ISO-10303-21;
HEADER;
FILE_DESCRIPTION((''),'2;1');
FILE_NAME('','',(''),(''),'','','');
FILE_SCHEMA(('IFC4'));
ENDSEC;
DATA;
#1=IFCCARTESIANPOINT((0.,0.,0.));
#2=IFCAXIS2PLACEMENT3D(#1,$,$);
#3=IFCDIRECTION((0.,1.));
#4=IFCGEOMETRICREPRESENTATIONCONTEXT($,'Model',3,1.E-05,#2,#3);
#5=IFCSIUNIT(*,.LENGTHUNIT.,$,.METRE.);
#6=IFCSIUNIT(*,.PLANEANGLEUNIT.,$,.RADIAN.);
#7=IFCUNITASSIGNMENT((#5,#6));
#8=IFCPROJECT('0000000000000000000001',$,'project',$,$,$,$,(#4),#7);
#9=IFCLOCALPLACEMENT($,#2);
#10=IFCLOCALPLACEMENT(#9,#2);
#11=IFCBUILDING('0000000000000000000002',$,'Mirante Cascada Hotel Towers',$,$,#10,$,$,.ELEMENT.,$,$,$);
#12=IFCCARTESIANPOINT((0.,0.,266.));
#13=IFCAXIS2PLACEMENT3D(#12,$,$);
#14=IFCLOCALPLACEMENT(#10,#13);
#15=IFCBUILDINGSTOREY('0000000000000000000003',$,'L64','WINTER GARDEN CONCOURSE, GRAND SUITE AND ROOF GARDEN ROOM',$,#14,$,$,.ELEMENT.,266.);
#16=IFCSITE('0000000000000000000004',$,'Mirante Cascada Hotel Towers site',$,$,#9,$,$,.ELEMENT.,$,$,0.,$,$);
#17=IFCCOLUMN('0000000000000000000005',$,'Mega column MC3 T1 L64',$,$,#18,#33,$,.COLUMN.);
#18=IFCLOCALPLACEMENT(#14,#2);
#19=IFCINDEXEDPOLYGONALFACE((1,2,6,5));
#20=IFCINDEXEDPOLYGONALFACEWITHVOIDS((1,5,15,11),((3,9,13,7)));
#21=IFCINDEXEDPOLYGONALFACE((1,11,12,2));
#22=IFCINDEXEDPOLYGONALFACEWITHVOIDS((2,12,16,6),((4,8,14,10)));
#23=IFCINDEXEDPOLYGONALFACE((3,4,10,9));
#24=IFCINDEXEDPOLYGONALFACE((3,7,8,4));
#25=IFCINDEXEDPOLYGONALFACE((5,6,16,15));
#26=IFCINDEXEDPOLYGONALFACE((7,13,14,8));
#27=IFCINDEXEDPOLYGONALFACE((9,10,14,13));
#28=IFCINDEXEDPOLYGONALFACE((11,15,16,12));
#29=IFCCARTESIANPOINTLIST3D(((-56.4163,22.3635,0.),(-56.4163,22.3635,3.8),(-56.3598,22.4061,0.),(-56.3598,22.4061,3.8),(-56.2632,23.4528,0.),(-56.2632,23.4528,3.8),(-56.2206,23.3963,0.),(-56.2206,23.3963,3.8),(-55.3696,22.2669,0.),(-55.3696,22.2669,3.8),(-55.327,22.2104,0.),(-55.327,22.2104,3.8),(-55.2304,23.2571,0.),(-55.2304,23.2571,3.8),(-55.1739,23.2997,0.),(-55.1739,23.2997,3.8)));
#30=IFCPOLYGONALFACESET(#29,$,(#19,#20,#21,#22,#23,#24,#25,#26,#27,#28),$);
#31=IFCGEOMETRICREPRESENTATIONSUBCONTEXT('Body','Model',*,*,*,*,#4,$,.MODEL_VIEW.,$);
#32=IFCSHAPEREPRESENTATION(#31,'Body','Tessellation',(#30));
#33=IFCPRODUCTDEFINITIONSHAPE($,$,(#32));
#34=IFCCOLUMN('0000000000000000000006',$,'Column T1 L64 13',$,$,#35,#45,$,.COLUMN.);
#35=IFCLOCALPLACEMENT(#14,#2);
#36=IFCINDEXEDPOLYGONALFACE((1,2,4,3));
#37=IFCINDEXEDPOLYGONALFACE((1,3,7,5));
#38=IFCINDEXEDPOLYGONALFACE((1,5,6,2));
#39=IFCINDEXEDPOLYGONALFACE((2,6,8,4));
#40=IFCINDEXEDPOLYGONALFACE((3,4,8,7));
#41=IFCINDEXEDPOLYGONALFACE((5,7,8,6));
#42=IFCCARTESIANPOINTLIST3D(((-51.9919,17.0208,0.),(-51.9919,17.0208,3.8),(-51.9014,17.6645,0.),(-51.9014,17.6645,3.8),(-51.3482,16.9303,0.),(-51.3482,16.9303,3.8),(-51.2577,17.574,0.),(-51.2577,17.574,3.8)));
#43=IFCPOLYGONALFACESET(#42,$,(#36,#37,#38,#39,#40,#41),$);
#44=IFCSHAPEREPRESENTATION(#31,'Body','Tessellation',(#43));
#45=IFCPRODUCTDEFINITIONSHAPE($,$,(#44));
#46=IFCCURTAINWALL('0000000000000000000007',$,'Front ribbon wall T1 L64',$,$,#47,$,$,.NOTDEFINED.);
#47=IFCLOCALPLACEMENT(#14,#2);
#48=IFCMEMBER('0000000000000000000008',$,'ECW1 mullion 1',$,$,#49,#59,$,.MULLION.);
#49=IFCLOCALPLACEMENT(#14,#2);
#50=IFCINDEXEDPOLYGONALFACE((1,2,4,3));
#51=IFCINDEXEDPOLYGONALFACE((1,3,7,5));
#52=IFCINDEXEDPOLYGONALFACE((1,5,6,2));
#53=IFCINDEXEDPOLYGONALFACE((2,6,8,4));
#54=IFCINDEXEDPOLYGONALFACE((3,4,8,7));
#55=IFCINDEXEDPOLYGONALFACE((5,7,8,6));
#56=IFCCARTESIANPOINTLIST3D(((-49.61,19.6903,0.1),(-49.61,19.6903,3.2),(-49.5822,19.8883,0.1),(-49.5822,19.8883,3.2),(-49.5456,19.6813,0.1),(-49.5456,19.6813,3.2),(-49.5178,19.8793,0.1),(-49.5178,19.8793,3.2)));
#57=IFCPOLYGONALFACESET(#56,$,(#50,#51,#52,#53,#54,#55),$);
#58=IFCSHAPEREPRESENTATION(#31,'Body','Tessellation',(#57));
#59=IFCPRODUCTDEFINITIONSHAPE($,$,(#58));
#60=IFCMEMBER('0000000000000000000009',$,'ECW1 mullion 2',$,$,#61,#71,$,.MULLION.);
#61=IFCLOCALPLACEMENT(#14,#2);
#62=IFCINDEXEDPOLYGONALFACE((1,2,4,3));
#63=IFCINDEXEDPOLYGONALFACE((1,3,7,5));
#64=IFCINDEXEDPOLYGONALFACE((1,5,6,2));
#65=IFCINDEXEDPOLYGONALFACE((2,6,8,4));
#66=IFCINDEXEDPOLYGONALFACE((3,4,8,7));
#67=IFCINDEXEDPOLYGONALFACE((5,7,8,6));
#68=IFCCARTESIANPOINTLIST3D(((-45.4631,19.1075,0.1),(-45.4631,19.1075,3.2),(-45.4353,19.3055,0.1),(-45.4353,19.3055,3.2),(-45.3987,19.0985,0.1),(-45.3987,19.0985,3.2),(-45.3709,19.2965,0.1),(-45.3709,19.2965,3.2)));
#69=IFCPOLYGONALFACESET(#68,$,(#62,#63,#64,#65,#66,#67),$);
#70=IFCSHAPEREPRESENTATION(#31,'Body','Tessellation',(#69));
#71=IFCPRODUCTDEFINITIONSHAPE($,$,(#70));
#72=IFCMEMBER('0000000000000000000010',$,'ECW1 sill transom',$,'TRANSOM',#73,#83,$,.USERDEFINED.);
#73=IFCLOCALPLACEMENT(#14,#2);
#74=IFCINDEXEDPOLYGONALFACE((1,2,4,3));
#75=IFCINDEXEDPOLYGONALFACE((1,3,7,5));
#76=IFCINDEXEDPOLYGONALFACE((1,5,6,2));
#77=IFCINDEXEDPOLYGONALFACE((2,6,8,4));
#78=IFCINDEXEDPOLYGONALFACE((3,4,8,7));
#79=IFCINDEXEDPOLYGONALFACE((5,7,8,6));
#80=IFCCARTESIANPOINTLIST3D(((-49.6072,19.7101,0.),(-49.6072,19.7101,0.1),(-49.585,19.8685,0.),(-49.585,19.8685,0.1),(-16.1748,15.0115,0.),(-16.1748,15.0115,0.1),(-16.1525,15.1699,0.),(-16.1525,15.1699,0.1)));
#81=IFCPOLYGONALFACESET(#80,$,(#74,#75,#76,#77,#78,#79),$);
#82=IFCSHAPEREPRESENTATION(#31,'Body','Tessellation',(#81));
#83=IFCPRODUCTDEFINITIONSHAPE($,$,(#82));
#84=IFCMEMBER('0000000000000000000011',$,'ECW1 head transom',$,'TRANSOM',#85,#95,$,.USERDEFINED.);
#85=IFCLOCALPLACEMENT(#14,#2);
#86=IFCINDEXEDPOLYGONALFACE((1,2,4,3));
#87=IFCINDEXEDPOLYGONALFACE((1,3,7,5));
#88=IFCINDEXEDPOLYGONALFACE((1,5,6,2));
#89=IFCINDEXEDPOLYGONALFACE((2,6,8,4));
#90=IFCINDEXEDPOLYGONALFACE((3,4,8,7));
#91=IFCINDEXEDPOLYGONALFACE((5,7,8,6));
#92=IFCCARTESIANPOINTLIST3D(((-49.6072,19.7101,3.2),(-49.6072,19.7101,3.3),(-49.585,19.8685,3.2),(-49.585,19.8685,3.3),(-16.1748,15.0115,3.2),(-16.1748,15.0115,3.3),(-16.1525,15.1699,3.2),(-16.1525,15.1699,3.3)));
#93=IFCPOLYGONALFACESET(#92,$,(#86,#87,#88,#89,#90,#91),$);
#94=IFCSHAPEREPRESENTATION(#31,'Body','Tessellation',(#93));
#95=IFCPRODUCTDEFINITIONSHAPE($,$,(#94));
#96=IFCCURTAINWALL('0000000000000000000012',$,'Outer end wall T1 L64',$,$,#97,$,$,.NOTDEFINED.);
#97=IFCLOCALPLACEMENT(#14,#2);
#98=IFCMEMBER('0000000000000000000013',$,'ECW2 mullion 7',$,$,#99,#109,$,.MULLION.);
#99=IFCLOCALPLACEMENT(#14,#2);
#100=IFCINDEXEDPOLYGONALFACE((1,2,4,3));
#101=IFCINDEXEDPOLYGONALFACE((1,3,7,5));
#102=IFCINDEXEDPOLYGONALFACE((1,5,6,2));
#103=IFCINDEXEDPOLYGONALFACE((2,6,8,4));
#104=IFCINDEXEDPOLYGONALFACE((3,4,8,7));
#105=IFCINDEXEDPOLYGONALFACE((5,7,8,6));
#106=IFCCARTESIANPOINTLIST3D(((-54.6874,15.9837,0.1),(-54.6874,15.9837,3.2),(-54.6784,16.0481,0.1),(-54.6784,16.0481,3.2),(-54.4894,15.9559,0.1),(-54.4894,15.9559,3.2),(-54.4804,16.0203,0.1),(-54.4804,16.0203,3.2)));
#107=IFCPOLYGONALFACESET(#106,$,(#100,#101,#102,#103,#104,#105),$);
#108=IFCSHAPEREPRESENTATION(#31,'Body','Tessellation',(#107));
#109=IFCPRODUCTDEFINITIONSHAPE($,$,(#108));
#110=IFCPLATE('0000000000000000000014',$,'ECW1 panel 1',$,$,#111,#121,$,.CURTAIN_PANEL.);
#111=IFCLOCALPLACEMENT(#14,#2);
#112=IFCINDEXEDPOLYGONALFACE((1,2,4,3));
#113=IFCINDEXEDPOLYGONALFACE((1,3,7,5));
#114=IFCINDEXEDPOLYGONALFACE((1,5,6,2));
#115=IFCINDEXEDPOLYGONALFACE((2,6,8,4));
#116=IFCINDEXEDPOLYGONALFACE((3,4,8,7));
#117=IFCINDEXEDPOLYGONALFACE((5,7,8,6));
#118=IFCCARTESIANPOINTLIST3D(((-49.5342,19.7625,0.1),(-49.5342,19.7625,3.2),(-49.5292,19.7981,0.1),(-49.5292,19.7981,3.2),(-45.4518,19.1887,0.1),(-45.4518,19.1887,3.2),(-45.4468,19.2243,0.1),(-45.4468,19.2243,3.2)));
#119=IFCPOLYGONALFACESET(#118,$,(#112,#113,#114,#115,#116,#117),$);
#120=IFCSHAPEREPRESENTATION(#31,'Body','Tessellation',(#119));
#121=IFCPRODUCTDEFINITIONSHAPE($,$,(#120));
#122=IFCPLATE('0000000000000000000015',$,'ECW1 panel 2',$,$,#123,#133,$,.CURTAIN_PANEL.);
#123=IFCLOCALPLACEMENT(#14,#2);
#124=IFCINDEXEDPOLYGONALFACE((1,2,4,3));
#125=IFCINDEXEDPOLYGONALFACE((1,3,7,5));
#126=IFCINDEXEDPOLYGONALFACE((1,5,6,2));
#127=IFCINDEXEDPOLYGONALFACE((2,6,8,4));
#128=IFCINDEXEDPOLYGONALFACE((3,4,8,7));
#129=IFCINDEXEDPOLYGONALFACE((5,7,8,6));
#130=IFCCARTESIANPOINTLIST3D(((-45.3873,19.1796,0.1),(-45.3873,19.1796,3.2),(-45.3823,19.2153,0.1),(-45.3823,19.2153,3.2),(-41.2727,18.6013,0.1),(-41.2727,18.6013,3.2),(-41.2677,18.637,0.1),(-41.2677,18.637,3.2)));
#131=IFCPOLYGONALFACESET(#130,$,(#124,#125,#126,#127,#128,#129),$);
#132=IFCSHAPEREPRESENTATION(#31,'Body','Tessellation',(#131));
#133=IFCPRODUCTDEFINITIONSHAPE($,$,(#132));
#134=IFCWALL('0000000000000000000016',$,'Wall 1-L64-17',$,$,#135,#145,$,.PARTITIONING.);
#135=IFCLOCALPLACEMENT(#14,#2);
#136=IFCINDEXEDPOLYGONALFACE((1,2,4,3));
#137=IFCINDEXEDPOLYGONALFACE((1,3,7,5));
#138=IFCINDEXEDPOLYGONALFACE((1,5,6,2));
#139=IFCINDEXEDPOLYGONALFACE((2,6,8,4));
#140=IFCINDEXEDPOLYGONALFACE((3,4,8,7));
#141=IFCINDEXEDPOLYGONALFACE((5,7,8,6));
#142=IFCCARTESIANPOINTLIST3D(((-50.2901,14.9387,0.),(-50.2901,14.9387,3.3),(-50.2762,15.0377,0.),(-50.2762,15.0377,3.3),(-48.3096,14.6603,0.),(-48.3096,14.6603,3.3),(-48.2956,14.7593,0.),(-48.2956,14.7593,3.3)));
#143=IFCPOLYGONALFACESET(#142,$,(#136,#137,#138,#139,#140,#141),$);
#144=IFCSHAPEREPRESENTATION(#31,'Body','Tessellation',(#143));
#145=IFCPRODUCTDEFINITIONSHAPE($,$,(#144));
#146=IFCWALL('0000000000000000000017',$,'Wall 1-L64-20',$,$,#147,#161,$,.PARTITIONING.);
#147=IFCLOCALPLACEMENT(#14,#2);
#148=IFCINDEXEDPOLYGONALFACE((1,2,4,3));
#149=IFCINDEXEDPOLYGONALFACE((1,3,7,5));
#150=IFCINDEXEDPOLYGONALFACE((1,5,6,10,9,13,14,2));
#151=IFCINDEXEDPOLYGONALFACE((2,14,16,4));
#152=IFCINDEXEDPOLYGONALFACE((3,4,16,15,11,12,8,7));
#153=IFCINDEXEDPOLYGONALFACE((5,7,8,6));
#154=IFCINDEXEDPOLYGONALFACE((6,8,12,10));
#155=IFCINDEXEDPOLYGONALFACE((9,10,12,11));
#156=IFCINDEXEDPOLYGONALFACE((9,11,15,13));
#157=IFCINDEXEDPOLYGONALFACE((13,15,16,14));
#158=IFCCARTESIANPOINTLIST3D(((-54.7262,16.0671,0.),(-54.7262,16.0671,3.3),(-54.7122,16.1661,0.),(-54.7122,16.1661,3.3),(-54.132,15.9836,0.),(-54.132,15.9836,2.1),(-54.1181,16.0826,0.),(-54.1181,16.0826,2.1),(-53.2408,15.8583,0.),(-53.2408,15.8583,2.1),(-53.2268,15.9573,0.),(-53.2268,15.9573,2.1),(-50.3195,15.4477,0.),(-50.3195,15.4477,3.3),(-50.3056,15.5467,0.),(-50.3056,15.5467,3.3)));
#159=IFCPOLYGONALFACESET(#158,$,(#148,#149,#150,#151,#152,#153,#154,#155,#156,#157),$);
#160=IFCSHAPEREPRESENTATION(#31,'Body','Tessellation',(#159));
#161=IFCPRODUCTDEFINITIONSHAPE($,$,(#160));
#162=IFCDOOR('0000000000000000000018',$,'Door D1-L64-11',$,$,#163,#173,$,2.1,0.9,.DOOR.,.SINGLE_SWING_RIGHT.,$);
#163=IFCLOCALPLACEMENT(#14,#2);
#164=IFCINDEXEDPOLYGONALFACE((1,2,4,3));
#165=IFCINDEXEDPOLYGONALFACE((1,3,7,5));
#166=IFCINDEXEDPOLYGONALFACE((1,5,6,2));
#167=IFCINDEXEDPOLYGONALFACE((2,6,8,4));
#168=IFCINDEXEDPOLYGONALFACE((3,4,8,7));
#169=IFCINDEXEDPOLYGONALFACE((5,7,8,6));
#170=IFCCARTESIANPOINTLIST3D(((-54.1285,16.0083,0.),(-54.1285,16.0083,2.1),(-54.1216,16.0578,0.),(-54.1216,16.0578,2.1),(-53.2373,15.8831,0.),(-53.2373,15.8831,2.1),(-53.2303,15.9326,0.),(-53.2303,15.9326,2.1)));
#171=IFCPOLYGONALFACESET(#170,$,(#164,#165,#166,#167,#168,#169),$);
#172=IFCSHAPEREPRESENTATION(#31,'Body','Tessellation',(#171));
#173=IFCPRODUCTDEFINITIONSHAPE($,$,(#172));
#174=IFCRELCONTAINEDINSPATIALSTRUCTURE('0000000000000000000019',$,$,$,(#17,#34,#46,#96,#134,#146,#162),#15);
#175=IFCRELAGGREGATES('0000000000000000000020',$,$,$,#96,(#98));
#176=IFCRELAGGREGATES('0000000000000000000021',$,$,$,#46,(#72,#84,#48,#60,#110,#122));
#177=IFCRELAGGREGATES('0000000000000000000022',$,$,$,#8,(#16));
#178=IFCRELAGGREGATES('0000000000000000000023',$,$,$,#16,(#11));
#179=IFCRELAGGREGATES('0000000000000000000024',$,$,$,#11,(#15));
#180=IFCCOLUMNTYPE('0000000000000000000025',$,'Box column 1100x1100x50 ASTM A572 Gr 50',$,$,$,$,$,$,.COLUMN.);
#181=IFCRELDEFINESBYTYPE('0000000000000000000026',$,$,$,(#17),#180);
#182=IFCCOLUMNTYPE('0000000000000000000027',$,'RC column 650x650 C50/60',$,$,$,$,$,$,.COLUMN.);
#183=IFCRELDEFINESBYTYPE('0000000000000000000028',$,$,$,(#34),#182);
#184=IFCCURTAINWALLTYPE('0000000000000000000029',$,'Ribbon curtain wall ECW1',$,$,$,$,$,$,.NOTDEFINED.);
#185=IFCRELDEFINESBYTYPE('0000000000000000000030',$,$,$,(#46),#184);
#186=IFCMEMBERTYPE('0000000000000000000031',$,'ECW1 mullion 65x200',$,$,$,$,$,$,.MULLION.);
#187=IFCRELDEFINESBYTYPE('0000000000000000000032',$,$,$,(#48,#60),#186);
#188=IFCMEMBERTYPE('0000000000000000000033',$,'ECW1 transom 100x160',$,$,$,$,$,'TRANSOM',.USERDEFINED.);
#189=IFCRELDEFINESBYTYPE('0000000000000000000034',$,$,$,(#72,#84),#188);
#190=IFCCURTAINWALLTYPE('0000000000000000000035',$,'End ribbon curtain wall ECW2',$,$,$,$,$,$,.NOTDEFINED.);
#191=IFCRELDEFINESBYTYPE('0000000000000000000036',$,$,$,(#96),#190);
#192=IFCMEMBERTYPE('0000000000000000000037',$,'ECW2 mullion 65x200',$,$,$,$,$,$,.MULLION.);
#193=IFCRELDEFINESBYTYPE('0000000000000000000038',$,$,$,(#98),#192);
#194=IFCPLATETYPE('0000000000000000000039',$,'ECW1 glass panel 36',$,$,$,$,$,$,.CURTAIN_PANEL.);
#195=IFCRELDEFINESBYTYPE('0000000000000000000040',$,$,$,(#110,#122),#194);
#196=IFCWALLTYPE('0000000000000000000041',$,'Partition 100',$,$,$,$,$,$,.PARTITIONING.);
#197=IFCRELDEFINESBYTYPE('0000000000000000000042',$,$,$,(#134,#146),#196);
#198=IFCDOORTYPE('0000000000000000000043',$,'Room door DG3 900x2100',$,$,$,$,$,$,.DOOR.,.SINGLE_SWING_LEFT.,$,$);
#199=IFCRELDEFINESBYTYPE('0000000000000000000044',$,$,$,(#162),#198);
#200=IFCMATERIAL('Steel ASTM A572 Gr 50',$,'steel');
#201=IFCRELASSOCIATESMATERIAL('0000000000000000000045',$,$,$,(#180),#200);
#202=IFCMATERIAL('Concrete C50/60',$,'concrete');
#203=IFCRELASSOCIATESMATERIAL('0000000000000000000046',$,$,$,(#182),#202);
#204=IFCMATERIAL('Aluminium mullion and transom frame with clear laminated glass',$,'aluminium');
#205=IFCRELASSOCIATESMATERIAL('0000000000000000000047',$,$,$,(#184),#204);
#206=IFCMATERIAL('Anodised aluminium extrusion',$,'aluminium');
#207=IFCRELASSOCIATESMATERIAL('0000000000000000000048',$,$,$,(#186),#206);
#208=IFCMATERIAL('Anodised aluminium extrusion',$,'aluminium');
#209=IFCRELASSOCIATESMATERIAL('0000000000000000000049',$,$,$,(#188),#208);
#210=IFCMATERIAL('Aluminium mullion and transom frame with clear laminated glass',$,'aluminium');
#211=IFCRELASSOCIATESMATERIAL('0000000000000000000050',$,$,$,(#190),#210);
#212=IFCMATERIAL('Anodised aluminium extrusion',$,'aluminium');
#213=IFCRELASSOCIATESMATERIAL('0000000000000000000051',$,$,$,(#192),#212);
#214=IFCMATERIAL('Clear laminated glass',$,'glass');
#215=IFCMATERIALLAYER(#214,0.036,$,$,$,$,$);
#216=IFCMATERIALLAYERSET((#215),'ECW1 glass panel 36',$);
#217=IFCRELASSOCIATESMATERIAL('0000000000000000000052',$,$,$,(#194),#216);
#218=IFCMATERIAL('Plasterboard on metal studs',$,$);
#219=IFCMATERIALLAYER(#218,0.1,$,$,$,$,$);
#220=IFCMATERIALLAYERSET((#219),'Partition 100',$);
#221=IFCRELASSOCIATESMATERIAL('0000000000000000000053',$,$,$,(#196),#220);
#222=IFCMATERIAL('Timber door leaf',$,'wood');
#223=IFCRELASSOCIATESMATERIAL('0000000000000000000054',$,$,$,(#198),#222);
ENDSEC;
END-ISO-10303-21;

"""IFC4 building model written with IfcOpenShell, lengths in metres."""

from ifc_helpers import new_model, si_unit, direction, frame, frame_2d, origin, origin_2d, place, context, subcontext, project, spatial, rectangle, hollow_rectangle, extrude, material, layer, layer_set, material_profile, profile_set, type_object, element, fill, aggregate, save


model = new_model("IFC4")

# Units and contexts
model_context = context("Model", 3, precision=1e-05, world=origin(), true_north=direction((0.0, 1.0)))
body_context = subcontext(model_context, "Body", "Model", "MODEL_VIEW")
ifc_project = project(units=[si_unit("LENGTHUNIT", "METRE"), si_unit("PLANEANGLEUNIT", "RADIAN")], contexts=[model_context])

# Site, building, storey
site_placement = place(None, origin())
site = spatial("IfcSite", under=ifc_project, at=site_placement, Name="Mirante Cascada Hotel Towers site", CompositionType="ELEMENT", RefElevation=0.0)
building_placement = place(site_placement, origin())
building = spatial("IfcBuilding", under=site, at=building_placement, Name="Mirante Cascada Hotel Towers", CompositionType="ELEMENT")
storey_placement = place(building_placement, frame((0.0, 0.0, 266.0)))
storey = spatial("IfcBuildingStorey", under=building, at=storey_placement, Name="L64", Description="WINTER GARDEN CONCOURSE, GRAND SUITE AND ROOF GARDEN ROOM", CompositionType="ELEMENT", Elevation=266.0)

# Columns
ifc_material_1 = material(Name="Steel ASTM A572 Gr 50", Category="steel")
ifc_material_profile_1 = material_profile(ifc_material_1, hollow_rectangle(XDim=1.1, YDim=1.1, WallThickness=0.05, at=origin_2d()), Name="Box column 1100x1100x50 ASTM A572 Gr 50")
ifc_profile_set_1 = profile_set([ifc_material_profile_1], Name="Steel ASTM A572 Gr 50")
column_type_1 = type_object("IfcColumnType", Name="Box column 1100x1100x50 ASTM A572 Gr 50", PredefinedType="COLUMN", material=ifc_profile_set_1)
column_1_placement = place(storey_placement, frame((-55.7951, 22.8316, 0.0), z_axis=(0.0, 0.0, 1.0), x_axis=(-0.990268, 0.139173, 0.0)))
element("IfcColumn", 1, at=column_1_placement, inside=storey, type_object=column_type_1, Name="Mega column MC3 T1 L64", PredefinedType="COLUMN", context=body_context, shape_type="SweptSolid", body=[
    extrude(hollow_rectangle(XDim=1.1, YDim=1.1, WallThickness=0.05, at=origin_2d()), origin(), (0.0, 0.0, 1.0), 3.8),
])
ifc_material_2 = material(Name="Concrete C50/60", Category="concrete")
ifc_material_profile_2 = material_profile(ifc_material_2, rectangle(XDim=0.65, YDim=0.65, at=origin_2d()), Name="RC column 650x650 C50/60")
ifc_profile_set_2 = profile_set([ifc_material_profile_2], Name="Concrete C50/60")
column_type_2 = type_object("IfcColumnType", Name="RC column 650x650 C50/60", PredefinedType="COLUMN", material=ifc_profile_set_2)
column_2_placement = place(storey_placement, frame((-51.6248, 17.2974, 0.0), z_axis=(0.0, 0.0, 1.0), x_axis=(-0.990268, 0.139173, 0.0)))
element("IfcColumn", 2, at=column_2_placement, inside=storey, type_object=column_type_2, Name="Column T1 L64 13", PredefinedType="COLUMN", context=body_context, shape_type="SweptSolid", body=[
    extrude(rectangle(XDim=0.65, YDim=0.65, at=origin_2d()), origin(), (0.0, 0.0, 1.0), 3.8),
])

# Curtain wall, members
ifc_material_3 = material(Name="Aluminium mullion and transom frame with clear laminated glass", Category="aluminium")
curtain_wall_type_1 = type_object("IfcCurtainWallType", Name="Ribbon curtain wall ECW1", PredefinedType="NOTDEFINED", material=ifc_material_3)
curtain_wall_1_placement = place(storey_placement, origin())
curtain_wall_1 = element("IfcCurtainWall", 3, at=curtain_wall_1_placement, inside=storey, type_object=curtain_wall_type_1, Name="Front ribbon wall T1 L64", PredefinedType="NOTDEFINED")
ifc_material_4 = material(Name="Anodised aluminium extrusion", Category="aluminium")
ifc_material_profile_3 = material_profile(ifc_material_4, rectangle(XDim=0.2, YDim=0.065, at=origin_2d()), Name="ECW1 MULLION 65x200")
ifc_profile_set_3 = profile_set([ifc_material_profile_3], Name="Anodised aluminium extrusion")
member_type_1 = type_object("IfcMemberType", Name="ECW1 mullion 65x200", PredefinedType="MULLION", material=ifc_profile_set_3)
member_1_placement = place(storey_placement, frame((-49.5639, 19.7848, 0.1), z_axis=(0.0, 0.0, 1.0), x_axis=(0.139173, 0.990268, 0.0)))
member_1 = element("IfcMember", 4, at=member_1_placement, type_object=member_type_1, Name="ECW1 mullion 1", PredefinedType="MULLION", context=body_context, shape_type="SweptSolid", body=[
    extrude(rectangle(XDim=0.2, YDim=0.065, at=origin_2d()), origin(), (0.0, 0.0, 1.0), 3.1),
])
member_2_placement = place(storey_placement, frame((-45.417, 19.202, 0.1), z_axis=(0.0, 0.0, 1.0), x_axis=(0.139173, 0.990268, 0.0)))
member_2 = element("IfcMember", 5, at=member_2_placement, type_object=member_type_1, Name="ECW1 mullion 2", PredefinedType="MULLION", context=body_context, shape_type="SweptSolid", body=[
    extrude(rectangle(XDim=0.2, YDim=0.065, at=origin_2d()), origin(), (0.0, 0.0, 1.0), 3.1),
])
ifc_material_5 = material(Name="Anodised aluminium extrusion", Category="aluminium")
ifc_material_profile_4 = material_profile(ifc_material_5, rectangle(XDim=0.16, YDim=0.1, at=origin_2d()), Name="ECW1 TRANSOM 100x160")
ifc_profile_set_4 = profile_set([ifc_material_profile_4], Name="Anodised aluminium extrusion")
member_type_2 = type_object("IfcMemberType", Name="ECW1 transom 100x160", ElementType="TRANSOM", PredefinedType="USERDEFINED", material=ifc_profile_set_4)
member_3_placement = place(storey_placement, frame((-49.5961, 19.7893, 0.05), z_axis=(0.990268, -0.139173, 0.0), x_axis=(0.139173, 0.990268, 0.0)))
member_3 = element("IfcMember", 6, at=member_3_placement, type_object=member_type_2, Name="ECW1 sill transom", ObjectType="TRANSOM", PredefinedType="USERDEFINED", context=body_context, shape_type="SweptSolid", body=[
    extrude(rectangle(XDim=0.16, YDim=0.1, at=origin_2d()), origin(), (0.0, 0.0, 1.0), 33.761),
])
member_4_placement = place(storey_placement, frame((-49.5961, 19.7893, 3.25), z_axis=(0.990268, -0.139173, 0.0), x_axis=(0.139173, 0.990268, 0.0)))
member_4 = element("IfcMember", 7, at=member_4_placement, type_object=member_type_2, Name="ECW1 head transom", ObjectType="TRANSOM", PredefinedType="USERDEFINED", context=body_context, shape_type="SweptSolid", body=[
    extrude(rectangle(XDim=0.16, YDim=0.1, at=origin_2d()), origin(), (0.0, 0.0, 1.0), 33.761),
])

# Curtain wall, member
ifc_material_6 = material(Name="Aluminium mullion and transom frame with clear laminated glass", Category="aluminium")
curtain_wall_type_2 = type_object("IfcCurtainWallType", Name="End ribbon curtain wall ECW2", PredefinedType="NOTDEFINED", material=ifc_material_6)
curtain_wall_2_placement = place(storey_placement, origin())
curtain_wall_2 = element("IfcCurtainWall", 8, at=curtain_wall_2_placement, inside=storey, type_object=curtain_wall_type_2, Name="Outer end wall T1 L64", PredefinedType="NOTDEFINED")
ifc_material_7 = material(Name="Anodised aluminium extrusion", Category="aluminium")
ifc_material_profile_5 = material_profile(ifc_material_7, rectangle(XDim=0.2, YDim=0.065, at=origin_2d()), Name="ECW2 MULLION 65x200")
ifc_profile_set_5 = profile_set([ifc_material_profile_5], Name="Anodised aluminium extrusion")
member_type_3 = type_object("IfcMemberType", Name="ECW2 mullion 65x200", PredefinedType="MULLION", material=ifc_profile_set_5)
member_5_placement = place(storey_placement, frame((-54.5839, 16.002, 0.1), z_axis=(0.0, 0.0, 1.0), x_axis=(-0.990268, 0.139173, 0.0)))
member_5 = element("IfcMember", 9, at=member_5_placement, type_object=member_type_3, Name="ECW2 mullion 7", PredefinedType="MULLION", context=body_context, shape_type="SweptSolid", body=[
    extrude(rectangle(XDim=0.2, YDim=0.065, at=origin_2d()), origin(), (0.0, 0.0, 1.0), 3.1),
])
aggregate(curtain_wall_2, [member_5])

# Plates
ifc_material_8 = material(Name="Clear laminated glass", Category="glass")
ifc_layer_1 = layer(ifc_material_8, 0.036)
ifc_layer_set_1 = layer_set([ifc_layer_1], Name="ECW1 glass panel 36")
plate_type = type_object("IfcPlateType", Name="ECW1 glass panel 36", PredefinedType="CURTAIN_PANEL", material=ifc_layer_set_1)
plate_1_placement = place(storey_placement, frame((-47.4905, 19.4934, 0.1), z_axis=(0.0, 0.0, 1.0), x_axis=(0.990268, -0.139173, 0.0)))
plate_1 = element("IfcPlate", 10, at=plate_1_placement, type_object=plate_type, Name="ECW1 panel 1", PredefinedType="CURTAIN_PANEL", context=body_context, shape_type="SweptSolid", body=[
    extrude(rectangle(XDim=4.1226, YDim=0.036, at=origin_2d()), origin(), (0.0, 0.0, 1.0), 3.1),
])
plate_2_placement = place(storey_placement, frame((-43.3275, 18.9083, 0.1), z_axis=(0.0, 0.0, 1.0), x_axis=(0.990268, -0.139173, 0.0)))
plate_2 = element("IfcPlate", 11, at=plate_2_placement, type_object=plate_type, Name="ECW1 panel 2", PredefinedType="CURTAIN_PANEL", context=body_context, shape_type="SweptSolid", body=[
    extrude(rectangle(XDim=4.1551, YDim=0.036, at=origin_2d()), origin(), (0.0, 0.0, 1.0), 3.1),
])
aggregate(curtain_wall_1, [member_3, member_4, member_1, member_2, plate_1, plate_2])

# Wall
ifc_material_9 = material(Name="Plasterboard on metal studs")
ifc_layer_2 = layer(ifc_material_9, 0.1)
ifc_layer_set_2 = layer_set([ifc_layer_2], Name="Partition 100")
wall_type_1 = type_object("IfcWallType", Name="Partition 100", PredefinedType="PARTITIONING", material=ifc_layer_set_2)
wall_1_placement = place(storey_placement, frame((-48.3026, 14.7098, 0.0), z_axis=(0.0, 0.0, 1.0), x_axis=(-0.990264, 0.139202, 0.0)))
element("IfcWall", 12, at=wall_1_placement, inside=storey, type_object=wall_type_1, Name="Wall 1-L64-17", PredefinedType="PARTITIONING", context=body_context, shape_type="SweptSolid", body=[
    extrude(rectangle(XDim=2.0, YDim=0.1, at=frame_2d((1.0, 0.0))), origin(), (0.0, 0.0, 1.0), 3.3),
])

# Wall, opening, door
wall_2_placement = place(storey_placement, frame((-54.7192, 16.1166, 0.0), z_axis=(0.0, 0.0, 1.0), x_axis=(0.990266, -0.13919, 0.0)))
wall_2 = element("IfcWall", 13, at=wall_2_placement, inside=storey, type_object=wall_type_1, Name="Wall 1-L64-20", PredefinedType="PARTITIONING", context=body_context, shape_type="SweptSolid", body=[
    extrude(rectangle(XDim=4.45, YDim=0.1, at=frame_2d((2.225, 0.0))), origin(), (0.0, 0.0, 1.0), 3.3),
])
opening_1_placement = place(wall_2_placement, frame((0.6, 0.0, 0.0)))
opening_1 = element("IfcOpeningElement", 14, at=opening_1_placement, cuts=wall_2, PredefinedType="OPENING", context=body_context, shape_type="SweptSolid", body=[
    extrude(rectangle(XDim=0.9, YDim=2.1, at=frame_2d((0.45, 1.05))), frame((0.0, 0.05, 0.0), z_axis=(0.0, -1.0, 0.0), x_axis=(1.0, 0.0, 0.0)), (0.0, 0.0, 1.0), 0.1),
])
ifc_material_10 = material(Name="Timber door leaf", Category="wood")
door_type_1 = type_object("IfcDoorType", Name="Room door DG3 900x2100", OperationType="SINGLE_SWING_LEFT", PredefinedType="DOOR", material=ifc_material_10)
door_1_placement = place(opening_1_placement, frame((0.9, 0.0, 0.0), z_axis=(0.0, 0.0, 1.0), x_axis=(-1.0, 0.0, 0.0)))
door_1 = element("IfcDoor", 15, at=door_1_placement, inside=storey, type_object=door_type_1, Name="Door D1-L64-11", OperationType="SINGLE_SWING_RIGHT", OverallHeight=2.1, OverallWidth=0.9, PredefinedType="DOOR", context=body_context, shape_type="SweptSolid", body=[
    extrude(rectangle(XDim=0.9, YDim=2.1, at=frame_2d((0.45, 1.05))), frame((0.0, 0.025, 0.0), z_axis=(0.0, -1.0, 0.0), x_axis=(1.0, 0.0, 0.0)), (0.0, 0.0, 1.0), 0.05),
])
fill(opening_1, door_1)

save(model, "model.ifc")
